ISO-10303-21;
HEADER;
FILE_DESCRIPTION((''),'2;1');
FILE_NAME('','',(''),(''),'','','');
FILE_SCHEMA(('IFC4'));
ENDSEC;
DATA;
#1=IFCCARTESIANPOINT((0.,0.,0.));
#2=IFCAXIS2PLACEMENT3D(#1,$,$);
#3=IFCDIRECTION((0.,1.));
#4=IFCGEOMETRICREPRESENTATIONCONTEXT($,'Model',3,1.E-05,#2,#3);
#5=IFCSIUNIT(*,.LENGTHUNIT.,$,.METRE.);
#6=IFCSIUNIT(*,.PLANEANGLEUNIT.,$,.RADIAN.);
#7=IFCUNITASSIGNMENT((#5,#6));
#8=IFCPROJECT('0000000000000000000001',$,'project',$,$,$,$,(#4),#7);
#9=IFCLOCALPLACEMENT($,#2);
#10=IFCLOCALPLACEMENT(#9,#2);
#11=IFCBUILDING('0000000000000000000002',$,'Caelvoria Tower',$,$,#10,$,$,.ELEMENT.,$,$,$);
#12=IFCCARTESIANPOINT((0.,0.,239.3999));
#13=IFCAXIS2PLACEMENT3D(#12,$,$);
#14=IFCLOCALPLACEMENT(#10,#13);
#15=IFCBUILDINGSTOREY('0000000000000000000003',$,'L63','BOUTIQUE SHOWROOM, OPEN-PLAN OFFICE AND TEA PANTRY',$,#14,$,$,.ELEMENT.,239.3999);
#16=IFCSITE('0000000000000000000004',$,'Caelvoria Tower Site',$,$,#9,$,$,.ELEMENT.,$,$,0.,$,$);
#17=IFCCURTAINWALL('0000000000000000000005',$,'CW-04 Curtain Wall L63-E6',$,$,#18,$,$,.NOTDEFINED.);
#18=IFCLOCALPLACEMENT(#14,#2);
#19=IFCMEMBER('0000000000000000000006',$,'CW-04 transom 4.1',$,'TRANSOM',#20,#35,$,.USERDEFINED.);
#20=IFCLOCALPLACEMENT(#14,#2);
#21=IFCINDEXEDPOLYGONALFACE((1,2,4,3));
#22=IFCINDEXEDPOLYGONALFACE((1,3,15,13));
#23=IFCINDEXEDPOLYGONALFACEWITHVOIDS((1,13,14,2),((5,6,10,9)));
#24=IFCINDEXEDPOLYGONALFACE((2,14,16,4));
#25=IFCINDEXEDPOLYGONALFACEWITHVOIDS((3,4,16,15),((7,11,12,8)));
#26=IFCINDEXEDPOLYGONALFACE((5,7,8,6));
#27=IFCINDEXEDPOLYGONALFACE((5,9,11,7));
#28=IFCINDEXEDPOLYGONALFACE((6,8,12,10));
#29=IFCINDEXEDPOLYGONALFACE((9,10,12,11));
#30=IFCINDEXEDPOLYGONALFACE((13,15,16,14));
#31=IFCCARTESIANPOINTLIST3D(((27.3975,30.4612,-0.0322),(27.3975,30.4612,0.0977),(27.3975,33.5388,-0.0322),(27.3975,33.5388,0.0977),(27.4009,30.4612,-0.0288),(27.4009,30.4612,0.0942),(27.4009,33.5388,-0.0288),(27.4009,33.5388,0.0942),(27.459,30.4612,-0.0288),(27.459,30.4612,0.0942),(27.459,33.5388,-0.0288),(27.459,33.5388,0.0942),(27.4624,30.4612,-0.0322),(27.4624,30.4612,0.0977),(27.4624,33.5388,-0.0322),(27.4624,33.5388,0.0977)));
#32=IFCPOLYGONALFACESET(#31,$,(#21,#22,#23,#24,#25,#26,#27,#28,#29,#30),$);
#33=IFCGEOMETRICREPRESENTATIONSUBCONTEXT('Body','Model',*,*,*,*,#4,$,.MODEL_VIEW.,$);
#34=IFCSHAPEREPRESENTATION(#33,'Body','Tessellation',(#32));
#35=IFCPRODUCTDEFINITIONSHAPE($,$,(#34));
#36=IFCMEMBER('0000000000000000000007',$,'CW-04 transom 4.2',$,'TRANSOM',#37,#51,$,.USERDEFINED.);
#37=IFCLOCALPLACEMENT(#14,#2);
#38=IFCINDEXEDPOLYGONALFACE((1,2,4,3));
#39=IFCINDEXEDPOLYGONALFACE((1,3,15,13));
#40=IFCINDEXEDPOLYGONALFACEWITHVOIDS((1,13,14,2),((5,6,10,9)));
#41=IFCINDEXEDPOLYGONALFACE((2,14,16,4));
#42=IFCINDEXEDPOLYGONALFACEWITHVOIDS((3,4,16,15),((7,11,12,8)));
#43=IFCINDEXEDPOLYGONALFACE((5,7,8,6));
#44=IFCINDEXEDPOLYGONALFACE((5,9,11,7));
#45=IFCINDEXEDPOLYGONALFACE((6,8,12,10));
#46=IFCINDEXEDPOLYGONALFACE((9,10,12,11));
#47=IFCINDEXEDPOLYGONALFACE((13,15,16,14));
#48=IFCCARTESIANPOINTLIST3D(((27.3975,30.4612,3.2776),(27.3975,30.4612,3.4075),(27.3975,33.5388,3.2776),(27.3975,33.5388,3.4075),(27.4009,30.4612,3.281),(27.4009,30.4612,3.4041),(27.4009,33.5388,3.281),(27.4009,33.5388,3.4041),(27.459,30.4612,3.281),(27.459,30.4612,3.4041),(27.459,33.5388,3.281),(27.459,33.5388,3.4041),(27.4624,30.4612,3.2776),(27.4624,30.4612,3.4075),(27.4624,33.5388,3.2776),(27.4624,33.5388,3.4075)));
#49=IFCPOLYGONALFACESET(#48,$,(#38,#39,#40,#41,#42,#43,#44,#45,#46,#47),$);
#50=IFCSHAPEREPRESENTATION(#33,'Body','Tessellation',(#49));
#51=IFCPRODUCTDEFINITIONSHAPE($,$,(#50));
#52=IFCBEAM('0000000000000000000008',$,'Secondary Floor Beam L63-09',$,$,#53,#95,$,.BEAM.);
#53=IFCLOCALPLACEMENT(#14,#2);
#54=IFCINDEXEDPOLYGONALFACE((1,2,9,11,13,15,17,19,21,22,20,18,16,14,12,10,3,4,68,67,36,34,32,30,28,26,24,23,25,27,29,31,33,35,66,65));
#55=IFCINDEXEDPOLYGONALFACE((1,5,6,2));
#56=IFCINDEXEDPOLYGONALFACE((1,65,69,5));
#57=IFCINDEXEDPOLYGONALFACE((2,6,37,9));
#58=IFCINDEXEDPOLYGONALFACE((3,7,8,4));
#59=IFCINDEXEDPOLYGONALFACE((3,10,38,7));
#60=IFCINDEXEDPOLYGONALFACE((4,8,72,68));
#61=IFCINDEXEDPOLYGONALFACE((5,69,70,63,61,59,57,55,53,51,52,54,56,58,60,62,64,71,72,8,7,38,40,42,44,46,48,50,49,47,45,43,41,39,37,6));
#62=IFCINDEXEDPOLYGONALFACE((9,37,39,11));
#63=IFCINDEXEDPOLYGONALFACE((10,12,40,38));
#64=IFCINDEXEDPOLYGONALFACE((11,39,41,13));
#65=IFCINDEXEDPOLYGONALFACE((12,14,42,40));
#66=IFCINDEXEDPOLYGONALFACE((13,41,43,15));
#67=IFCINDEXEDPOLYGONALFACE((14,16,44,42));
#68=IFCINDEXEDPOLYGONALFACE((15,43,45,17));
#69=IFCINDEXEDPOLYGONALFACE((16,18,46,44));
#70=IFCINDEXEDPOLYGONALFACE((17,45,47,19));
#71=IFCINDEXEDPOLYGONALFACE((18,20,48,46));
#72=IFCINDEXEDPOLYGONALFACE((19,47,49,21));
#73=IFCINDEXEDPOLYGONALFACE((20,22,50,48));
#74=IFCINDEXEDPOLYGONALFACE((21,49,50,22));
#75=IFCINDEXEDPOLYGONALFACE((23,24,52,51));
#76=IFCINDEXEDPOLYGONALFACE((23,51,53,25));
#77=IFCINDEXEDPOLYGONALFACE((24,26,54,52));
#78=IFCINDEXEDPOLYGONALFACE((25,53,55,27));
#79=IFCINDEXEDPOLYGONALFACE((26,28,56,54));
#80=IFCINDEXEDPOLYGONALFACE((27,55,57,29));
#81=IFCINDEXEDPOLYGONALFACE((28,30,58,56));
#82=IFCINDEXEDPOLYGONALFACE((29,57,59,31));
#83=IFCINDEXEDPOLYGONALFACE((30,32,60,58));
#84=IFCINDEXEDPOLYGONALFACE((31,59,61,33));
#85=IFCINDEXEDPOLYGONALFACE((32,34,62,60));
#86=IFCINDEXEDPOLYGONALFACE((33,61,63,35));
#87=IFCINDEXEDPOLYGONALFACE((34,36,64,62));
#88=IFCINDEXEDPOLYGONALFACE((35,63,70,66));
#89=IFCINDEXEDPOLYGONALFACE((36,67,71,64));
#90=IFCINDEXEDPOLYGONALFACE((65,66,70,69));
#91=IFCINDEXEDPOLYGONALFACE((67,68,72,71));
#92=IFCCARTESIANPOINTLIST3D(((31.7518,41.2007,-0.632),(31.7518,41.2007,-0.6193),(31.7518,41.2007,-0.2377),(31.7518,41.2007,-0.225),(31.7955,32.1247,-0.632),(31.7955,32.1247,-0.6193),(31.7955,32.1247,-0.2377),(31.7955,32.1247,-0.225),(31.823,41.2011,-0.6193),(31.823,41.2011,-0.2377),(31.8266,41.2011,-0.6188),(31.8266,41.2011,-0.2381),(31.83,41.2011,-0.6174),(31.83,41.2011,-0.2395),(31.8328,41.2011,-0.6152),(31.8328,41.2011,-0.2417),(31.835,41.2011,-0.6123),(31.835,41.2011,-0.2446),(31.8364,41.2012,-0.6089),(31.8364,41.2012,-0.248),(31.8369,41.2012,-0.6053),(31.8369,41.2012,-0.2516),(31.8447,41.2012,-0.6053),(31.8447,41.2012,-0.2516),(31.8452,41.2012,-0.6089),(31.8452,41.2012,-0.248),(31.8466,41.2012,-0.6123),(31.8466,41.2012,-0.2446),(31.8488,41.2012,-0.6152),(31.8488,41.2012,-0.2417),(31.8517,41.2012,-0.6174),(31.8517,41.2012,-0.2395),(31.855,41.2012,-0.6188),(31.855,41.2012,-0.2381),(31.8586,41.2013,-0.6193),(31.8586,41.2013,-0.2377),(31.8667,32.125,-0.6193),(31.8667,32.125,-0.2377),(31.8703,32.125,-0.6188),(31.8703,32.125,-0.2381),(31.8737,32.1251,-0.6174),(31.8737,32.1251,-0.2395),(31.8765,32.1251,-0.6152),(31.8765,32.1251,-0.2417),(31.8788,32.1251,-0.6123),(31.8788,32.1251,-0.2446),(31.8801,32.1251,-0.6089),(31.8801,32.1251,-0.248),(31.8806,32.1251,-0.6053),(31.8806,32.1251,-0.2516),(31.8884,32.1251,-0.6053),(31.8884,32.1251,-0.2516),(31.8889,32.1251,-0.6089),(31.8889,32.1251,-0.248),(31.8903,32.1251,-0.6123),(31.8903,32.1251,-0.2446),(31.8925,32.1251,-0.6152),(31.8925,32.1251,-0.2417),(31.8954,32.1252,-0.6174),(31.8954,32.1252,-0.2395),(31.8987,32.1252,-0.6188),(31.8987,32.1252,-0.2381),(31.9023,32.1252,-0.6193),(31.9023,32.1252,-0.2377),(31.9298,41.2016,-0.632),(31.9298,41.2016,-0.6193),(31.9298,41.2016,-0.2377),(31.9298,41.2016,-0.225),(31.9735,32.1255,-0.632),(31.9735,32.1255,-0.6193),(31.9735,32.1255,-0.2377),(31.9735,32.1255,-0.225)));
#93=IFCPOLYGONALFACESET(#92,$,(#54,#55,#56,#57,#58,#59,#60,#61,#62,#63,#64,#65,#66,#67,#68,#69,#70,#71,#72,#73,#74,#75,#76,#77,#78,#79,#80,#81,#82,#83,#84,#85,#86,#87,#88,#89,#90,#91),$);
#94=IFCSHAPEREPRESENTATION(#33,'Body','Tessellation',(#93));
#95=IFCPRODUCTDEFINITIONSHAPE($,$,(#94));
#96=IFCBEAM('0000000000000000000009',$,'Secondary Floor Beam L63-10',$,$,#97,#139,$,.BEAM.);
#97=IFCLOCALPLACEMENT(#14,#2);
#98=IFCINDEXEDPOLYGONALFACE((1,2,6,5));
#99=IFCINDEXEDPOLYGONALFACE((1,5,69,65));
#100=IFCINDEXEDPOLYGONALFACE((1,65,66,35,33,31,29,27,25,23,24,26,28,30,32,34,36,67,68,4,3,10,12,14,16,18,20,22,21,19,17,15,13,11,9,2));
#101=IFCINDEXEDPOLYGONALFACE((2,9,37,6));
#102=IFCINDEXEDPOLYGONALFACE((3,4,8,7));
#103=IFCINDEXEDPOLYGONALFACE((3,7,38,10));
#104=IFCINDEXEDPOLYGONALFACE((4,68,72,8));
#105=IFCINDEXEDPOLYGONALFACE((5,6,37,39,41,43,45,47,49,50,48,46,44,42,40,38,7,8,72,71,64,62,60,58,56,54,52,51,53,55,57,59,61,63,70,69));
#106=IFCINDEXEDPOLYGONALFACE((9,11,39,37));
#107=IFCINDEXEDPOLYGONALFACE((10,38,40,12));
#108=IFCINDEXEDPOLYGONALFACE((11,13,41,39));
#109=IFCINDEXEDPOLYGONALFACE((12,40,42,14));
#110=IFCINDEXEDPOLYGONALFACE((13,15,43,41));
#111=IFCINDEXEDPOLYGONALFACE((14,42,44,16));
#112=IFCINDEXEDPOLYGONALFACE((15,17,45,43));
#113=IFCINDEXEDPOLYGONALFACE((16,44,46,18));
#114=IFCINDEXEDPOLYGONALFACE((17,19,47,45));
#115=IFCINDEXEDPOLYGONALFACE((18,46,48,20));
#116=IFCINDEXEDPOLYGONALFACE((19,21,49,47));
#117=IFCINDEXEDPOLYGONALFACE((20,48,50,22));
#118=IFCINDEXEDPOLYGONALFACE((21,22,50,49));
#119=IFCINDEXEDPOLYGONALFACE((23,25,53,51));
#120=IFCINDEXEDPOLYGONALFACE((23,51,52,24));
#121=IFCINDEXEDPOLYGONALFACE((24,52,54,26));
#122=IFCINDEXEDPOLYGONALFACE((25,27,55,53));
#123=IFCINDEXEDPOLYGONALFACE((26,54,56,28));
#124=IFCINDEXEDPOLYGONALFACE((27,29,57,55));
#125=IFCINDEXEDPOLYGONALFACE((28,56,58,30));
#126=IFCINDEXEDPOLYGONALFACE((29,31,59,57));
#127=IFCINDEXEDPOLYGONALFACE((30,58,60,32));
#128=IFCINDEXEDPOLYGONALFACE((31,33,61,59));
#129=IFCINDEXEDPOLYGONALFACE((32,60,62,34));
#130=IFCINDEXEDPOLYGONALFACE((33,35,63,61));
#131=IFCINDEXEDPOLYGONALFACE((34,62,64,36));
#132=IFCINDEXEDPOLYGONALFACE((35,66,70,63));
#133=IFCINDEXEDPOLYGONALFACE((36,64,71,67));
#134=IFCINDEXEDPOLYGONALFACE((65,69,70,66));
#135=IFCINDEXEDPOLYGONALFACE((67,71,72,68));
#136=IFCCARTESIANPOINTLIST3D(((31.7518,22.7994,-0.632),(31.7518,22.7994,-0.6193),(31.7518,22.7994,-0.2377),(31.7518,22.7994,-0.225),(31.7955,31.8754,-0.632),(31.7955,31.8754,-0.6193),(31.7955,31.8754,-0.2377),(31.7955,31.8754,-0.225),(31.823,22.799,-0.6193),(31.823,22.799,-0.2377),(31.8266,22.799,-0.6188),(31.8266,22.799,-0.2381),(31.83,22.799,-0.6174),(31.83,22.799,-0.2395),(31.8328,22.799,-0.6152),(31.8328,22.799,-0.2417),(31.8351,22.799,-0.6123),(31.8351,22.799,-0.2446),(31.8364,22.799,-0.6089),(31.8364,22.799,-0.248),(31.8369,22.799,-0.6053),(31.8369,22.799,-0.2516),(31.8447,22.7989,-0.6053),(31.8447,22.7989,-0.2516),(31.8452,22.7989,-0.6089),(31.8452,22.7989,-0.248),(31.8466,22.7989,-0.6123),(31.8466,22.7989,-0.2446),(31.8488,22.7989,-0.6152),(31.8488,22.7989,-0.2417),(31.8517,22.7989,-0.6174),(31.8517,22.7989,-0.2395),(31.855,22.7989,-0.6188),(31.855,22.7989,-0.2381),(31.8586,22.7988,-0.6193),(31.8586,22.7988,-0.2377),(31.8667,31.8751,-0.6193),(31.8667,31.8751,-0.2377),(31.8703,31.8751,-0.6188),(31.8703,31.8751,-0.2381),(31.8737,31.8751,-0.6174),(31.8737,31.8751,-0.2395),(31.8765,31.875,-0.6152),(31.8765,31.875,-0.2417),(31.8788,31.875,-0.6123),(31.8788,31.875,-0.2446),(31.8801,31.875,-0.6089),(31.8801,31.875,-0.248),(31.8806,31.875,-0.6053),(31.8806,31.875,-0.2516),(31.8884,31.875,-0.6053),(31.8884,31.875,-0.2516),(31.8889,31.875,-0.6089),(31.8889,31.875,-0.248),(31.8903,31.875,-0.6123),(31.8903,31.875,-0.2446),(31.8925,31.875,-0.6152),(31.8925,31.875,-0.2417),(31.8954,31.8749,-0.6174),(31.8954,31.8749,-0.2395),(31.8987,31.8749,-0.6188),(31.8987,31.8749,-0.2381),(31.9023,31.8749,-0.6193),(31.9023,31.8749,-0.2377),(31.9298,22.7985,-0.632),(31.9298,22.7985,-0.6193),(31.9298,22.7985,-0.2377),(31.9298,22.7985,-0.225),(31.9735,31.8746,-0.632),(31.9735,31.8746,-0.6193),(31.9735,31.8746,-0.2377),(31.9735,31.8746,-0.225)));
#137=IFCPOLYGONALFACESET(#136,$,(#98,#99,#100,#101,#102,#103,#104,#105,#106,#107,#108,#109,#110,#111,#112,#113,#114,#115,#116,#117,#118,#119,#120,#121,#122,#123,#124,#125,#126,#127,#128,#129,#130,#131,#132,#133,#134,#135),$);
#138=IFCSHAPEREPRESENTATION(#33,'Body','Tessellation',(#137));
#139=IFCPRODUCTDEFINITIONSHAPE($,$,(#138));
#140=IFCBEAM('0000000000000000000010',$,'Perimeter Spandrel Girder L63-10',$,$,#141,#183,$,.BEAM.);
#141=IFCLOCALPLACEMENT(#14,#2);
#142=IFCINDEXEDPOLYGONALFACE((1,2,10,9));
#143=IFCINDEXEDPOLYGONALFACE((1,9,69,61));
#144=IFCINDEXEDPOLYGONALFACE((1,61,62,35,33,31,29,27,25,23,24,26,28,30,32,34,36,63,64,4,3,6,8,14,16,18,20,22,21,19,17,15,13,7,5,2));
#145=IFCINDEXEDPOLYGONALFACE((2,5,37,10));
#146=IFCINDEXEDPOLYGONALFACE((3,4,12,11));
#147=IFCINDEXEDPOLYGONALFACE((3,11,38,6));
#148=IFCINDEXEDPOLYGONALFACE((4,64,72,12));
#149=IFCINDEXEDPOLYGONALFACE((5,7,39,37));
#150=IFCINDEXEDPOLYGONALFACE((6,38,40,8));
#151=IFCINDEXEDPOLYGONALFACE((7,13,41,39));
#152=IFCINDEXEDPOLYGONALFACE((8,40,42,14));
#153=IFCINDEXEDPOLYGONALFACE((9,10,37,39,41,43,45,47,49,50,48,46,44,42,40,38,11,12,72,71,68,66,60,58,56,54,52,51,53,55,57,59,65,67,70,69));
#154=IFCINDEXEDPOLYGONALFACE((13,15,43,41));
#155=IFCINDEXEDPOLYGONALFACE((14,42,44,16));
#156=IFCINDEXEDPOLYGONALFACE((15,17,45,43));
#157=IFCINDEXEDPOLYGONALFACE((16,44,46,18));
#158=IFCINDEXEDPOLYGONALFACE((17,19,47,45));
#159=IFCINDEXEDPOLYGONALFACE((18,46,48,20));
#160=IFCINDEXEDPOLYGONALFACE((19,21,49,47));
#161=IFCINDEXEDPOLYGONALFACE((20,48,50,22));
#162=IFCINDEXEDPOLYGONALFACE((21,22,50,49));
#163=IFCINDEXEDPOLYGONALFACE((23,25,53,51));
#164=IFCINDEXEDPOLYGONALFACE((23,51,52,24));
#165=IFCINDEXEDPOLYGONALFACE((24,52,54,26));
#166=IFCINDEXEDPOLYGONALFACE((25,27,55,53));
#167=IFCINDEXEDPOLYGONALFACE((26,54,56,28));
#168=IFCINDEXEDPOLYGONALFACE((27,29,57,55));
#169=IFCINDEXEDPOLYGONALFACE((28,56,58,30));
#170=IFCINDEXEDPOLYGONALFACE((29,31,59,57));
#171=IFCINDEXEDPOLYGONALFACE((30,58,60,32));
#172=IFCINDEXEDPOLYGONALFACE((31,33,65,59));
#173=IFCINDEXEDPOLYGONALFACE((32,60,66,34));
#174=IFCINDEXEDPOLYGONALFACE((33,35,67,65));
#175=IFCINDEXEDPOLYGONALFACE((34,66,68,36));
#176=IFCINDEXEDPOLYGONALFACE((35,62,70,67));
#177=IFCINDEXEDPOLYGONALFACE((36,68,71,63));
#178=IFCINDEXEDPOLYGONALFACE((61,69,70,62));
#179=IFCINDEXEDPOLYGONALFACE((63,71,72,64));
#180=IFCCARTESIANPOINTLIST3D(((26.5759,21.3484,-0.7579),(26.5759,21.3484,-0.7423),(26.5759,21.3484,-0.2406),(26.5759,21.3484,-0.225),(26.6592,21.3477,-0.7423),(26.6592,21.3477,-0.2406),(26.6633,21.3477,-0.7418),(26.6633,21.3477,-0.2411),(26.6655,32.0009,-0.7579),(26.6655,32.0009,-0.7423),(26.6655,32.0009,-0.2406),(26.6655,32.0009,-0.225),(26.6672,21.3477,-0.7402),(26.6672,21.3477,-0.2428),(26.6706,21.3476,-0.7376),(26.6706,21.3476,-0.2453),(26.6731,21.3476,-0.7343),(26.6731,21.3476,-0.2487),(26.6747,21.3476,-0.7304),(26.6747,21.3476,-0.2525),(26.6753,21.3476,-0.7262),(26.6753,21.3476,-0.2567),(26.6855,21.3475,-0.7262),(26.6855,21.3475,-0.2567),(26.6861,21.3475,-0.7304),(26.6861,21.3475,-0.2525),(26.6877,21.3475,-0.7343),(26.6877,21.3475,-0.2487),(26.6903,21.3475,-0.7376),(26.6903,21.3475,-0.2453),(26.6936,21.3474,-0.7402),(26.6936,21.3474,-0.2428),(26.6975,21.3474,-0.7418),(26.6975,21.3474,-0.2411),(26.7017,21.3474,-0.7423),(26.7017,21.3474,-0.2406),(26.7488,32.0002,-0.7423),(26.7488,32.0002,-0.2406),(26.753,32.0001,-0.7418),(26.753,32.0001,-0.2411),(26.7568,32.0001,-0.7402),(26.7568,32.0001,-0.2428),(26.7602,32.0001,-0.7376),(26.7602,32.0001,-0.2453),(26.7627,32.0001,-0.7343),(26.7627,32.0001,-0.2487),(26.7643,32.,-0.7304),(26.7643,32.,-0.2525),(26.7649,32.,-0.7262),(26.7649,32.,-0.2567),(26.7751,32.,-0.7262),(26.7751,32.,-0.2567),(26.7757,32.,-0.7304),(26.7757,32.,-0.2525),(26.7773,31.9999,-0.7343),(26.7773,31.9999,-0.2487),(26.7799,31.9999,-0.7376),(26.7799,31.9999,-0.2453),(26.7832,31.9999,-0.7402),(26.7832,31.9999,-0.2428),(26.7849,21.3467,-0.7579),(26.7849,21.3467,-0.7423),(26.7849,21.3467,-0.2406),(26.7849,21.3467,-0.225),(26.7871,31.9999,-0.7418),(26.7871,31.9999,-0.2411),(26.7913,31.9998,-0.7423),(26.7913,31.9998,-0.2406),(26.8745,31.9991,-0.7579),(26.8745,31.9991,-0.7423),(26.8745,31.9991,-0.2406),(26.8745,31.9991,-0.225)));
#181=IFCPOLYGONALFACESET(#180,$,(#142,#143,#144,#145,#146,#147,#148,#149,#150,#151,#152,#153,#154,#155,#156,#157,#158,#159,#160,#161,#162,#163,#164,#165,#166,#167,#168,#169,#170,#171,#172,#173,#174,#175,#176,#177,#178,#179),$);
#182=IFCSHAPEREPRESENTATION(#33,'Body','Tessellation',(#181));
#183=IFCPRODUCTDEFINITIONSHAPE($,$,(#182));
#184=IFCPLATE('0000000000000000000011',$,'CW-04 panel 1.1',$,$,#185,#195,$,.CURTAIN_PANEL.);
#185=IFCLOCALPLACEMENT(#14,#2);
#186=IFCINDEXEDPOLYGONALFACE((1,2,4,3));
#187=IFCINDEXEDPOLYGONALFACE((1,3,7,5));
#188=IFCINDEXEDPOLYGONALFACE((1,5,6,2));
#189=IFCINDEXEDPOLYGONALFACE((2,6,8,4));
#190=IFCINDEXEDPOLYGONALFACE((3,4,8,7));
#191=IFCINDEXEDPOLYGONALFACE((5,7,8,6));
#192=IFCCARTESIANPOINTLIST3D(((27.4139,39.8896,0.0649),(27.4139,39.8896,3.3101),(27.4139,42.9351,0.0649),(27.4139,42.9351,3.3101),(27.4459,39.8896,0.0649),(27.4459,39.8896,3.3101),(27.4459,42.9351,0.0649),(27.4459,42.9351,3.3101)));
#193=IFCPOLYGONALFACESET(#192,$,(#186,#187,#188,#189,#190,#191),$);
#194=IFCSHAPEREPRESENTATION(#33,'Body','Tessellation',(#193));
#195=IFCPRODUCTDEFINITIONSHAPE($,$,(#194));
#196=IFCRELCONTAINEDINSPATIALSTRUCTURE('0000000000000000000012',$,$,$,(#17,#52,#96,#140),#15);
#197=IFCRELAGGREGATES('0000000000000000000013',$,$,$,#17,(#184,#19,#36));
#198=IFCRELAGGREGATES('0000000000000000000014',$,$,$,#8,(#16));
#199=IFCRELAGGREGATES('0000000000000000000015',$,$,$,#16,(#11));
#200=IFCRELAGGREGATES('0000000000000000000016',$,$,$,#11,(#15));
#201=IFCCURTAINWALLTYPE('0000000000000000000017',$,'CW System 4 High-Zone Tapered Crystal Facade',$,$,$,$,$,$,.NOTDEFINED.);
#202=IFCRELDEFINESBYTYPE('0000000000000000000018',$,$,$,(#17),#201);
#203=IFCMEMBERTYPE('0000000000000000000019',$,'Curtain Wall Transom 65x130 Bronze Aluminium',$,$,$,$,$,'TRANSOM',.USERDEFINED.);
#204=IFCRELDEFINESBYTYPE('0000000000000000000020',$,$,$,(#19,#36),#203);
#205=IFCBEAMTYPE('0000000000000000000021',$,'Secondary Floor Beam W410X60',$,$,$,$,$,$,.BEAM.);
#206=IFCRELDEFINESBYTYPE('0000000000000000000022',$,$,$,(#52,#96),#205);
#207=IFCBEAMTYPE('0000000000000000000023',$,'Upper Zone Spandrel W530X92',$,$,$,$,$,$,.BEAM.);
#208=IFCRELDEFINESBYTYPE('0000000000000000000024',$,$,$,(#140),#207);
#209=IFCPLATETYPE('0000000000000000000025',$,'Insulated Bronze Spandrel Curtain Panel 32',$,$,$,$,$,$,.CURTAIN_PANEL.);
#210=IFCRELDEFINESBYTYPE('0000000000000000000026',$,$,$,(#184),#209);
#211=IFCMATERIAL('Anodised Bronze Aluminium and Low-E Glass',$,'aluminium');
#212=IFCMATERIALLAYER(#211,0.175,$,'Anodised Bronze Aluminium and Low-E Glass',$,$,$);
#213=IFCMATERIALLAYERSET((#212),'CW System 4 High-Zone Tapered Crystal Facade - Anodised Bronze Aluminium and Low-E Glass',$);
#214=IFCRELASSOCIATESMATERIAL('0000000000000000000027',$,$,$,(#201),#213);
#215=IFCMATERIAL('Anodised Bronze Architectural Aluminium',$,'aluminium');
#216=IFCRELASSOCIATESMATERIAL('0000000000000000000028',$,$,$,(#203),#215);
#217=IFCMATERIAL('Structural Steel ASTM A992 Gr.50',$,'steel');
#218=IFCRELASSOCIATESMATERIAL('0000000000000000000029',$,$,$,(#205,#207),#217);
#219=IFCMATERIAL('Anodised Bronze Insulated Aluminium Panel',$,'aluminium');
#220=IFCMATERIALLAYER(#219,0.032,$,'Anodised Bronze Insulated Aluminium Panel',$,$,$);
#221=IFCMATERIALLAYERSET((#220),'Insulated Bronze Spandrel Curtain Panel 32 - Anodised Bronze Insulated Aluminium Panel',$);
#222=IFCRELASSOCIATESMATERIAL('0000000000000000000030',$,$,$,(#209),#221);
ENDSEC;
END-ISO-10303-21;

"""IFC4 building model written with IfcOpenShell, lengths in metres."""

from ifc_helpers import new_model, si_unit, direction, frame, origin, origin_2d, place, context, subcontext, project, spatial, rectangle, hollow_rectangle, i_section, extrude, material, layer, layer_set, material_profile, profile_set, type_object, element, aggregate, save


model = new_model("IFC4")

# Units and contexts
model_context = context("Model", 3, precision=1e-05, world=origin(), true_north=direction((0.0, 1.0)))
body_context = subcontext(model_context, "Body", "Model", "MODEL_VIEW")
ifc_project = project(units=[si_unit("LENGTHUNIT", "METRE"), si_unit("PLANEANGLEUNIT", "RADIAN")], contexts=[model_context])

# Site, building, storey
site_placement = place(None, origin())
site = spatial("IfcSite", under=ifc_project, at=site_placement, Name="Caelvoria Tower Site", CompositionType="ELEMENT", RefElevation=0.0)
building_placement = place(site_placement, origin())
building = spatial("IfcBuilding", under=site, at=building_placement, Name="Caelvoria Tower", CompositionType="ELEMENT")
storey_placement = place(building_placement, frame((0.0, 0.0, 239.3999)))
storey = spatial("IfcBuildingStorey", under=building, at=storey_placement, Name="L63", Description="BOUTIQUE SHOWROOM, OPEN-PLAN OFFICE AND TEA PANTRY", CompositionType="ELEMENT", Elevation=239.3999)

# Shared definitions
ifc_material_1 = material(Name="Structural Steel ASTM A992 Gr.50", Category="steel")

# Shared definitions
ifc_material_2 = material(Name="Anodised Bronze Aluminium and Low-E Glass", Category="aluminium")
ifc_layer_1 = layer(ifc_material_2, 0.175, Name="Anodised Bronze Aluminium and Low-E Glass")
ifc_layer_set_1 = layer_set([ifc_layer_1], Name="CW System 4 High-Zone Tapered Crystal Facade - Anodised Bronze Aluminium and Low-E Glass")
curtain_wall_type = type_object("IfcCurtainWallType", Name="CW System 4 High-Zone Tapered Crystal Facade", PredefinedType="NOTDEFINED", material=ifc_layer_set_1)
ifc_material_3 = material(Name="Anodised Bronze Architectural Aluminium", Category="aluminium")

# Curtain wall, members
curtain_wall_1_placement = place(storey_placement, origin())
curtain_wall_1 = element("IfcCurtainWall", 1, at=curtain_wall_1_placement, inside=storey, type_object=curtain_wall_type, Name="CW-04 Curtain Wall L63-E6", PredefinedType="NOTDEFINED")
ifc_material_profile_1 = material_profile(ifc_material_3, hollow_rectangle(XDim=0.0649, YDim=0.1299, WallThickness=0.0034, at=origin_2d()), Name="Anodised Bronze Architectural Aluminium")
ifc_profile_set_1 = profile_set([ifc_material_profile_1], Name="CW_TRAN_65X130 - Anodised Bronze Architectural Aluminium")
member_type_1 = type_object("IfcMemberType", Name="Curtain Wall Transom 65x130 Bronze Aluminium", ElementType="TRANSOM", PredefinedType="USERDEFINED", material=ifc_profile_set_1)
member_1_placement = place(storey_placement, frame((27.4299, 33.5388, 0.0327), z_axis=(0.0, -1.0, 0.0), x_axis=(1.0, 0.0, 0.0)))
member_1 = element("IfcMember", 2, at=member_1_placement, type_object=member_type_1, Name="CW-04 transom 4.1", ObjectType="TRANSOM", PredefinedType="USERDEFINED", context=body_context, shape_type="SweptSolid", body=[
    extrude(hollow_rectangle(XDim=0.0649, YDim=0.1299, WallThickness=0.0034, at=origin_2d()), origin(), (0.0, 0.0, 1.0), 3.0776),
])
member_2_placement = place(storey_placement, frame((27.4299, 33.5388, 3.3425), z_axis=(0.0, -1.0, 0.0), x_axis=(1.0, 0.0, 0.0)))
member_2 = element("IfcMember", 3, at=member_2_placement, type_object=member_type_1, Name="CW-04 transom 4.2", ObjectType="TRANSOM", PredefinedType="USERDEFINED", context=body_context, shape_type="SweptSolid", body=[
    extrude(hollow_rectangle(XDim=0.0649, YDim=0.1299, WallThickness=0.0034, at=origin_2d()), origin(), (0.0, 0.0, 1.0), 3.0776),
])

# Beams
ifc_material_profile_2 = material_profile(ifc_material_1, i_section(OverallWidth=0.178, OverallDepth=0.407, WebThickness=0.0078, FlangeThickness=0.0127, FilletRadius=0.0139, at=origin_2d()), Name="Structural Steel ASTM A992 Gr.50")
ifc_profile_set_2 = profile_set([ifc_material_profile_2], Name="W410X60 - Structural Steel ASTM A992 Gr.50")
beam_type_1 = type_object("IfcBeamType", Name="Secondary Floor Beam W410X60", PredefinedType="BEAM", material=ifc_profile_set_2)
for number, where, z_axis, x_axis, name in (
    (4, (31.8408, 41.2012, -0.4285), (0.004815, -0.999988, 0.0), (0.999988, 0.004815, 0.0), "Secondary Floor Beam L63-09"),
    (5, (31.8845, 31.875, -0.4285), (-0.004815, -0.999988, 0.0), (0.999988, -0.004815, 0.0), "Secondary Floor Beam L63-10"),
):
    element("IfcBeam", number, at=place(storey_placement, frame(where, z_axis=z_axis, x_axis=x_axis)), inside=storey, type_object=beam_type_1, Name=name, PredefinedType="BEAM", context=body_context, shape_type="SweptSolid", body=[
        extrude(i_section(OverallWidth=0.178, OverallDepth=0.407, WebThickness=0.0078, FlangeThickness=0.0127, FilletRadius=0.0139, at=origin_2d()), origin(), (0.0, 0.0, 1.0), 9.0762),
    ])
ifc_material_profile_3 = material_profile(ifc_material_1, i_section(OverallWidth=0.209, OverallDepth=0.533, WebThickness=0.0103, FlangeThickness=0.0156, FilletRadius=0.0161, at=origin_2d()), Name="Structural Steel ASTM A992 Gr.50")
ifc_profile_set_3 = profile_set([ifc_material_profile_3], Name="W530X92 - Structural Steel ASTM A992 Gr.50")
beam_type_2 = type_object("IfcBeamType", Name="Upper Zone Spandrel W530X92", PredefinedType="BEAM", material=ifc_profile_set_3)
beam_placement = place(storey_placement, frame((26.77, 32.0, -0.4915), z_axis=(-0.008411, -0.999965, 0.0), x_axis=(0.999965, -0.008411, 0.0)))
element("IfcBeam", 6, at=beam_placement, inside=storey, type_object=beam_type_2, Name="Perimeter Spandrel Girder L63-10", PredefinedType="BEAM", context=body_context, shape_type="SweptSolid", body=[
    extrude(i_section(OverallWidth=0.209, OverallDepth=0.533, WebThickness=0.0103, FlangeThickness=0.0156, FilletRadius=0.0161, at=origin_2d()), origin(), (0.0, 0.0, 1.0), 10.6528),
])

# Plate
ifc_material_4 = material(Name="Anodised Bronze Insulated Aluminium Panel", Category="aluminium")
ifc_layer_2 = layer(ifc_material_4, 0.032, Name="Anodised Bronze Insulated Aluminium Panel")
ifc_layer_set_2 = layer_set([ifc_layer_2], Name="Insulated Bronze Spandrel Curtain Panel 32 - Anodised Bronze Insulated Aluminium Panel")
plate_type = type_object("IfcPlateType", Name="Insulated Bronze Spandrel Curtain Panel 32", PredefinedType="CURTAIN_PANEL", material=ifc_layer_set_2)
plate_1_placement = place(storey_placement, frame((27.4299, 41.4124, 0.0649), z_axis=(0.0, 0.0, 1.0), x_axis=(0.0, -1.0, 0.0)))
plate_1 = element("IfcPlate", 7, at=plate_1_placement, type_object=plate_type, Name="CW-04 panel 1.1", PredefinedType="CURTAIN_PANEL", context=body_context, shape_type="SweptSolid", body=[
    extrude(rectangle(XDim=3.0454, YDim=0.032, at=origin_2d()), origin(), (0.0, 0.0, 1.0), 3.2451),
])
aggregate(curtain_wall_1, [plate_1, member_1, member_2])

save(model, "model.ifc")
